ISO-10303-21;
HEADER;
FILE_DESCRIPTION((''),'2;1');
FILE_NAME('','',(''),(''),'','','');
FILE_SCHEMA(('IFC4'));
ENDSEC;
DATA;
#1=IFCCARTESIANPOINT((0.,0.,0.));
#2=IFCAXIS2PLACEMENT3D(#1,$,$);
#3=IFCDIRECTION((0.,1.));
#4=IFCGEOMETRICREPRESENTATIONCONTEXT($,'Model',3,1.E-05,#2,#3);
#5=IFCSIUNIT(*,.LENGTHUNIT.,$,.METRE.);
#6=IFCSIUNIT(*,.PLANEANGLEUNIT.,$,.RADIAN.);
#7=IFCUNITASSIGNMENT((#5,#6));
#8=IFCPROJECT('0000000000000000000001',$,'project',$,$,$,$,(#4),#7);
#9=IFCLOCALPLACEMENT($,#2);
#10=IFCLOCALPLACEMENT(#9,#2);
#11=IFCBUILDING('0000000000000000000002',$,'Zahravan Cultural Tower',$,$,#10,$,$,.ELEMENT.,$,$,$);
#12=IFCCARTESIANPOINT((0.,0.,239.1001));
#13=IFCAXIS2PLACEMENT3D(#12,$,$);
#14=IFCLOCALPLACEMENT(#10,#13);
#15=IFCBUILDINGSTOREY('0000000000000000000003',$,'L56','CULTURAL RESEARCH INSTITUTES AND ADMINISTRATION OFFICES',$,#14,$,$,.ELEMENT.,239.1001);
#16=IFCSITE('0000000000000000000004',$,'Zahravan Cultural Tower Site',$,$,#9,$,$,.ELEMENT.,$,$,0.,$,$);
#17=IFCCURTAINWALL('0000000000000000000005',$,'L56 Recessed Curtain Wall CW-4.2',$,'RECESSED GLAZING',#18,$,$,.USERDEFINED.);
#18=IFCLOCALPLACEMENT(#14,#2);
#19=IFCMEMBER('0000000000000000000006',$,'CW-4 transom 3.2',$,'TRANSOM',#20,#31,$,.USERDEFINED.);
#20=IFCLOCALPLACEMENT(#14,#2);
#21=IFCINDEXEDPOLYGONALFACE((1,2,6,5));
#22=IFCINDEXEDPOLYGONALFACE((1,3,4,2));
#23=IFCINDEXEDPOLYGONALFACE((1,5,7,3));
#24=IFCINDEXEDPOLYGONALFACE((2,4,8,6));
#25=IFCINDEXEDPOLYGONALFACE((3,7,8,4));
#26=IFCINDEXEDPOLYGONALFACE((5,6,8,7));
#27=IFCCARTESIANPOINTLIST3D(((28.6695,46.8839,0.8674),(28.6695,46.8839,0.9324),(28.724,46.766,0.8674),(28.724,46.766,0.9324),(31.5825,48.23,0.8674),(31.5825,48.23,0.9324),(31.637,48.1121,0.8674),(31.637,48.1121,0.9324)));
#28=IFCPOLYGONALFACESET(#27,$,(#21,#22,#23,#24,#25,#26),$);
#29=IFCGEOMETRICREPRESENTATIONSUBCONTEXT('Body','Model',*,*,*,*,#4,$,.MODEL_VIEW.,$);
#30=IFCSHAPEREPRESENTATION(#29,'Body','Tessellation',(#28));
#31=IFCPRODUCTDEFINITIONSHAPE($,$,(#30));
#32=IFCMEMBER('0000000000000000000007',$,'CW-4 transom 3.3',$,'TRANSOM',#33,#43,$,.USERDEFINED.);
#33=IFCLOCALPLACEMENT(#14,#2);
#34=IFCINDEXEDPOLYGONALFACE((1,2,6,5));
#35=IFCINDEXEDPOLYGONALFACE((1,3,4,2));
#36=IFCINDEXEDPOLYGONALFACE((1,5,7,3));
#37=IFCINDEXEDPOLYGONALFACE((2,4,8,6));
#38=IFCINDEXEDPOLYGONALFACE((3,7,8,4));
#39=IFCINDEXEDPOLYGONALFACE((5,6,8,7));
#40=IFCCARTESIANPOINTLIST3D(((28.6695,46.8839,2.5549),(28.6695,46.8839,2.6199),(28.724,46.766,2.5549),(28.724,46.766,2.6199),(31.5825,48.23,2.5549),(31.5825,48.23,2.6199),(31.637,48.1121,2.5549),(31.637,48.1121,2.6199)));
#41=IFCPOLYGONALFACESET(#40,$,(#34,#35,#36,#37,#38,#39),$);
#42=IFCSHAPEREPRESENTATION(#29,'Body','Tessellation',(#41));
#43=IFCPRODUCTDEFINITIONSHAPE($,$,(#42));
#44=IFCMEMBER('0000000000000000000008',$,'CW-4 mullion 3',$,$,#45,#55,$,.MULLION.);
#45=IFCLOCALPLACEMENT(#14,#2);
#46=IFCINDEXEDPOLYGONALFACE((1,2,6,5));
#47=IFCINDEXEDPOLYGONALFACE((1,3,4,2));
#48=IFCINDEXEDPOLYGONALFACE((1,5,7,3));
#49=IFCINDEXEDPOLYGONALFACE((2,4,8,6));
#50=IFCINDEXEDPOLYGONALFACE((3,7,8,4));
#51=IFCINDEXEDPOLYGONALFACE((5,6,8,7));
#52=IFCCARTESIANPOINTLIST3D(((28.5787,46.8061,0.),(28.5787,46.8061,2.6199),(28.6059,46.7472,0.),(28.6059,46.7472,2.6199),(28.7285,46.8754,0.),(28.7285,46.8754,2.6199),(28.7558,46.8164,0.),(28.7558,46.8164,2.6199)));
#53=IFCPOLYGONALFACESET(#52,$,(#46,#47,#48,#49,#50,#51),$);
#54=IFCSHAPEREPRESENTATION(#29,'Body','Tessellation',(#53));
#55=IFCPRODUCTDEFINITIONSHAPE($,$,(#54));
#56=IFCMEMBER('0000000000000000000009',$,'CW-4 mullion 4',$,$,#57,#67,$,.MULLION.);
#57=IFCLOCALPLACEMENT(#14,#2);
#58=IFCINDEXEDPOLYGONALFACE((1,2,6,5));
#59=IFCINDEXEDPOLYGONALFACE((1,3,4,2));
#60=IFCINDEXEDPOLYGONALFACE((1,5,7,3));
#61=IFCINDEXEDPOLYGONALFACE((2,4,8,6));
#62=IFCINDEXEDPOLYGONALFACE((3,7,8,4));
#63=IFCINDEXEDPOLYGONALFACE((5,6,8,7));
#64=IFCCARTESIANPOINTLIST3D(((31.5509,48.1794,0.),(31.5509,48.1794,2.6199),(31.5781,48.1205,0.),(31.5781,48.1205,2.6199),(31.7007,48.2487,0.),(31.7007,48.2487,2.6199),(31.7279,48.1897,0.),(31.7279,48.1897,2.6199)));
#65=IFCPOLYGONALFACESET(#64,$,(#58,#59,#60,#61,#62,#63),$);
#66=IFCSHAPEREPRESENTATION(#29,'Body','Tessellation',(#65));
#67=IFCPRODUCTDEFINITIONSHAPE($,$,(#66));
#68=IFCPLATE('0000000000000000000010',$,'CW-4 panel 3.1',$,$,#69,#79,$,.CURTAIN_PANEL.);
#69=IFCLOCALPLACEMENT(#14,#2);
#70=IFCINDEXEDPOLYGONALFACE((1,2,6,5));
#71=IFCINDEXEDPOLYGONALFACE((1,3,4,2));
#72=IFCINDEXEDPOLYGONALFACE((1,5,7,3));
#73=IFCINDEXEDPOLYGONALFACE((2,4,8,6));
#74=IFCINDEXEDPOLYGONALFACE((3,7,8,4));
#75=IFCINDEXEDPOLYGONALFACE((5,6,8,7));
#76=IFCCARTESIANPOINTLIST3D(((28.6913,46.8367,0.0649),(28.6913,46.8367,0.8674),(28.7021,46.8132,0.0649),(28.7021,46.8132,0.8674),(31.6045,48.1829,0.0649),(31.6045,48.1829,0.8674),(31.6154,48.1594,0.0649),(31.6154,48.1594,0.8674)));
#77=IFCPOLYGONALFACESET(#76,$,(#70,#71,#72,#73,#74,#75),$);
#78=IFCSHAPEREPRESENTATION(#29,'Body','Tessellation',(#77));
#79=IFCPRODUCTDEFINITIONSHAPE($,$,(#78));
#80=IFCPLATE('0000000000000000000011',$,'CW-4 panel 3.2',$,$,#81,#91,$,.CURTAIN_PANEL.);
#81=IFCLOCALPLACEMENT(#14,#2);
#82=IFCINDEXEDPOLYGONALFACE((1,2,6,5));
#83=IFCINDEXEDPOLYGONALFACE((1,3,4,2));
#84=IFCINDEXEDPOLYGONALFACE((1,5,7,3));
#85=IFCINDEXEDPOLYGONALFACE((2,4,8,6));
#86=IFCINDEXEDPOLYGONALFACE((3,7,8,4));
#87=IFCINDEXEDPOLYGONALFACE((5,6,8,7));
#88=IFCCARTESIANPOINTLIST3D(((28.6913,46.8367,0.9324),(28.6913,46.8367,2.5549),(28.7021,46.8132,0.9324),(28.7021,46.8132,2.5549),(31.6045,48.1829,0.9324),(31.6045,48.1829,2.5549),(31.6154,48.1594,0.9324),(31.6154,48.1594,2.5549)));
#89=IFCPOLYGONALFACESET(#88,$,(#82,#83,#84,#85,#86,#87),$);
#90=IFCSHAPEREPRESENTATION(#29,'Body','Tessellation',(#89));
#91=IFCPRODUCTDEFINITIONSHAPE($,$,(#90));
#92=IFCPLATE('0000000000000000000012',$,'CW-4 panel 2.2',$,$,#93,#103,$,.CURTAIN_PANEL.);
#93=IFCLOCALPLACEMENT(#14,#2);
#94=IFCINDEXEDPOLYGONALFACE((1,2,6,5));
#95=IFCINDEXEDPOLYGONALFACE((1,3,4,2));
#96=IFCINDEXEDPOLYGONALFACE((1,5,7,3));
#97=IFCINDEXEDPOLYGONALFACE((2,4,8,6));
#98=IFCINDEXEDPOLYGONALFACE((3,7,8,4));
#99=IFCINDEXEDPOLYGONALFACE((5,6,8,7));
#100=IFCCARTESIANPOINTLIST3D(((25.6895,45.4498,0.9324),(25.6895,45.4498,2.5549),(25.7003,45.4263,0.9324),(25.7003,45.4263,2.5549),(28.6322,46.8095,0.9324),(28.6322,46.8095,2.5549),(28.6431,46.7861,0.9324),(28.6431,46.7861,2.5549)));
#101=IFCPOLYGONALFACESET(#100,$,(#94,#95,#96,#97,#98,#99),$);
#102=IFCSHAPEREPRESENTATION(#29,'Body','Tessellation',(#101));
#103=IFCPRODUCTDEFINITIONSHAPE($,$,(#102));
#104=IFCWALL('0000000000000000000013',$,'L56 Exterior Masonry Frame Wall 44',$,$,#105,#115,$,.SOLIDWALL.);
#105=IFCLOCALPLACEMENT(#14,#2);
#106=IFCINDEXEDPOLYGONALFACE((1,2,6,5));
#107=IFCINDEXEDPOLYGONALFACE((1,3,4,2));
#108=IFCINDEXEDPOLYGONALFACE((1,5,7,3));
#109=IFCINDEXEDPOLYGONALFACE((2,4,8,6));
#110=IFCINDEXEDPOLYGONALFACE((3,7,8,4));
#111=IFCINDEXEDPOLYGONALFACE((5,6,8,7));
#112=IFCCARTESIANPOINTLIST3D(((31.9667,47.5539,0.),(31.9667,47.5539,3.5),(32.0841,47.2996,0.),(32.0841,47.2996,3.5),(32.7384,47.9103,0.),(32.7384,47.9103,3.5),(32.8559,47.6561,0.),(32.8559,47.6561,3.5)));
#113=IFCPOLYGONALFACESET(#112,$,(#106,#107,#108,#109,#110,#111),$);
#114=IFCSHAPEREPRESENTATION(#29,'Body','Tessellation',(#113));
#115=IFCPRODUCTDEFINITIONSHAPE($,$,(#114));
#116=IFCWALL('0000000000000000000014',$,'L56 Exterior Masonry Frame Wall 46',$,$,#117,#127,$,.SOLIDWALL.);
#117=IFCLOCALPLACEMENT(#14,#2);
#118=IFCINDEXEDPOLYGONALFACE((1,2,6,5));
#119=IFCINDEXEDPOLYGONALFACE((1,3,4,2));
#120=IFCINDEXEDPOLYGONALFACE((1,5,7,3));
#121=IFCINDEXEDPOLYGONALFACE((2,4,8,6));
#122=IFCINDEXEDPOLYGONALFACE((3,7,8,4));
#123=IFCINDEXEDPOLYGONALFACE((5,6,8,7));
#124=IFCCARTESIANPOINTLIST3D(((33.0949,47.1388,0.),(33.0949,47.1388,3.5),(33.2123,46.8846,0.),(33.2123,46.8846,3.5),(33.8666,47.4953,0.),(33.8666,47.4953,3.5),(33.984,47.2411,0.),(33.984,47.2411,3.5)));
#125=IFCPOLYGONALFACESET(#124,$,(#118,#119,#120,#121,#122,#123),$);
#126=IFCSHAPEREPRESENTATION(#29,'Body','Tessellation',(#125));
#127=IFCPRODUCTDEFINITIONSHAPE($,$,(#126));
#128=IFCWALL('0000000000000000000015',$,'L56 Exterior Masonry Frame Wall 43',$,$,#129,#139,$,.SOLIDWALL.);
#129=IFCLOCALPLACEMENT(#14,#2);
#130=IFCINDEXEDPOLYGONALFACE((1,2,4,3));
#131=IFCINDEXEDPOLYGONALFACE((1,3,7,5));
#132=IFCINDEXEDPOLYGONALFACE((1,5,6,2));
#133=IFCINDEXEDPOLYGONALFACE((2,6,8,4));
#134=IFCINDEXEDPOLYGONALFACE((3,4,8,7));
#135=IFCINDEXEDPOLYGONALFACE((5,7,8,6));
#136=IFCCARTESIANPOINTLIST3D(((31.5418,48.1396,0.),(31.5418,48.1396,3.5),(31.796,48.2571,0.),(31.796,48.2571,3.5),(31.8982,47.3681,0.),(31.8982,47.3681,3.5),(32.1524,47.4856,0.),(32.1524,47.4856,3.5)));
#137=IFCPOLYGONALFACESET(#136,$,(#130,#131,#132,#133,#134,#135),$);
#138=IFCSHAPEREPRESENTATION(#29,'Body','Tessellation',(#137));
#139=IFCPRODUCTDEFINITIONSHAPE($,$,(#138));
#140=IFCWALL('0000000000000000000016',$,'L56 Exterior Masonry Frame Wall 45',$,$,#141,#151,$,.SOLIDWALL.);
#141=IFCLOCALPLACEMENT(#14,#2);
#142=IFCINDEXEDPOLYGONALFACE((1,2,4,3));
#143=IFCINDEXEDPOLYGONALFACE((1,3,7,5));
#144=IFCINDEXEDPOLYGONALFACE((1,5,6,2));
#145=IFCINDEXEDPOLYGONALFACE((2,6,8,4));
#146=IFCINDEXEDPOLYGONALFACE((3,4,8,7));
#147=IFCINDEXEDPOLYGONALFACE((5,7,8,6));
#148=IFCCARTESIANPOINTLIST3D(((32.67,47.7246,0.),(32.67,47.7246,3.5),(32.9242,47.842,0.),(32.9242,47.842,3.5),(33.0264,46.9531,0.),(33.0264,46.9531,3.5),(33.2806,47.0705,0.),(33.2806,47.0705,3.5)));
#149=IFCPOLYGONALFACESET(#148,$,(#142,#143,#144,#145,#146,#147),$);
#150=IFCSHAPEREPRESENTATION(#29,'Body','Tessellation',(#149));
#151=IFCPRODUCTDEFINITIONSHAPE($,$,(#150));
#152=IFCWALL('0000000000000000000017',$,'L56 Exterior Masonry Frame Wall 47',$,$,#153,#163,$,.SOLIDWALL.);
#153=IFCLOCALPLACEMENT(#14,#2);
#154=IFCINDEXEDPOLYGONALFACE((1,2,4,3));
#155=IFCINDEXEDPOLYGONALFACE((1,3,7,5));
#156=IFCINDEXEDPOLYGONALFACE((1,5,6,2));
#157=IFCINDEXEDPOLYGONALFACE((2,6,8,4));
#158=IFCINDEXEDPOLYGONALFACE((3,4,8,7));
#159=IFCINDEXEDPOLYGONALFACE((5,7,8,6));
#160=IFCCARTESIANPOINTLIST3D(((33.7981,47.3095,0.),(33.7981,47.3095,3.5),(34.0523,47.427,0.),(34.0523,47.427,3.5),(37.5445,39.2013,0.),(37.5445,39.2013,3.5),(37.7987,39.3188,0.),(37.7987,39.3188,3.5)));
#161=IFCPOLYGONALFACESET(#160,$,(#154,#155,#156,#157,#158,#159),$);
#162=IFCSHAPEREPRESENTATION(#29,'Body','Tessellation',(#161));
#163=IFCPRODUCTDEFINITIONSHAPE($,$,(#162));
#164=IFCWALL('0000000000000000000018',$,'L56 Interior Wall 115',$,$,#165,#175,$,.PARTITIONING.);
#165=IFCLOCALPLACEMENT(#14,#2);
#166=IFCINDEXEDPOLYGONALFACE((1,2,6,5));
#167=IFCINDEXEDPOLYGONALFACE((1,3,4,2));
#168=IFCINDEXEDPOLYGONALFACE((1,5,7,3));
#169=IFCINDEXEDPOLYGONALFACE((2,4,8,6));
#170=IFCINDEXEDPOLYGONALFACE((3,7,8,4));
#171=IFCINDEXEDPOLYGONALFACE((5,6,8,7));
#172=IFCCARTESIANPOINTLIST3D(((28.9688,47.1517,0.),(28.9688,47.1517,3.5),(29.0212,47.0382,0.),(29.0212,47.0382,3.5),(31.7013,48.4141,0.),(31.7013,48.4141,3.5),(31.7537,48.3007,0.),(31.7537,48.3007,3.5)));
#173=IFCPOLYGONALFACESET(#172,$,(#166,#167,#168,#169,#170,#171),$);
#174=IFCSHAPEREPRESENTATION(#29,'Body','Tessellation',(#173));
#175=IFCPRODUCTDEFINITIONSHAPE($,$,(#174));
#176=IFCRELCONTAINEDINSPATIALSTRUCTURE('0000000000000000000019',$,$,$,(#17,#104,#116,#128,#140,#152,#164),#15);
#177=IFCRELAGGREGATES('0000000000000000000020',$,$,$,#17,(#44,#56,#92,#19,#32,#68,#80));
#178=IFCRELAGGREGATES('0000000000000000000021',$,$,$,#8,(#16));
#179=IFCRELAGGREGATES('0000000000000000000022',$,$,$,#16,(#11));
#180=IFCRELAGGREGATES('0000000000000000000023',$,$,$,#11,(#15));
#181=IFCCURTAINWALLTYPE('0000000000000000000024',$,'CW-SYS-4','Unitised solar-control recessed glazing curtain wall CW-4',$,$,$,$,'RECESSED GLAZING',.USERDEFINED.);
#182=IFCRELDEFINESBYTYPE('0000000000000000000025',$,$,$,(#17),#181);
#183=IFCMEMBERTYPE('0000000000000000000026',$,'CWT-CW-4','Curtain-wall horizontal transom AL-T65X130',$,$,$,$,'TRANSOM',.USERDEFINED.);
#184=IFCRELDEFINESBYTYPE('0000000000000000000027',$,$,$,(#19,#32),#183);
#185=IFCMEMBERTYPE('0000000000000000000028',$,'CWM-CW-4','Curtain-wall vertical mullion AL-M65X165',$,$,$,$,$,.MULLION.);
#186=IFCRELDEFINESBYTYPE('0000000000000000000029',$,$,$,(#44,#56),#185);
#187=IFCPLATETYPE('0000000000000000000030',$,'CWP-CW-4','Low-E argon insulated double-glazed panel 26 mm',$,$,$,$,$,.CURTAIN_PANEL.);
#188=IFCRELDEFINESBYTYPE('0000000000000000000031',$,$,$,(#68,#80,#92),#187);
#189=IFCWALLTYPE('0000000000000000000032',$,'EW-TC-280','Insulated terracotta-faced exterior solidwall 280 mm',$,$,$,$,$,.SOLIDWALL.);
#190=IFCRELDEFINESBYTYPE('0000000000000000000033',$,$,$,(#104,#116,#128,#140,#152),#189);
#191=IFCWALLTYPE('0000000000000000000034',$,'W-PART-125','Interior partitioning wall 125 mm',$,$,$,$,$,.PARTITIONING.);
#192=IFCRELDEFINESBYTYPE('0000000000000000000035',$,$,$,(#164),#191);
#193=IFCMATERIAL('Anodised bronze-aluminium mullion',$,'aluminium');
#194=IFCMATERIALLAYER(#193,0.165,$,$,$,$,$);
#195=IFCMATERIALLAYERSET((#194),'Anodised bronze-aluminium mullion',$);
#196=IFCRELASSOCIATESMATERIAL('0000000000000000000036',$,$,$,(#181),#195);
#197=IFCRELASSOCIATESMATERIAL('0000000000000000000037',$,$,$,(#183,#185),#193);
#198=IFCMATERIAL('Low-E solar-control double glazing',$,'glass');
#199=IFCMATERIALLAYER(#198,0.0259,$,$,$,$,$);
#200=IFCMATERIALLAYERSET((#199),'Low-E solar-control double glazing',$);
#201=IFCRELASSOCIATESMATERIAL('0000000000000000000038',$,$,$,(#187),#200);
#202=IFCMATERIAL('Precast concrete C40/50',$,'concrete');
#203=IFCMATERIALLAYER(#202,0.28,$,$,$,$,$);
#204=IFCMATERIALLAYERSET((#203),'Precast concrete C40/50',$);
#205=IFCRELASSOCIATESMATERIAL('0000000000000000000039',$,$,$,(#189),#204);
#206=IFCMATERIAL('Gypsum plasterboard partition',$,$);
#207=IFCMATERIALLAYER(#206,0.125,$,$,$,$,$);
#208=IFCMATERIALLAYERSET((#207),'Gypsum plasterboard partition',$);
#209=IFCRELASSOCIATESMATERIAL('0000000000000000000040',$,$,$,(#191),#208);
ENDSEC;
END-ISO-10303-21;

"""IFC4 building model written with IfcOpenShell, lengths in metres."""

from ifc_helpers import new_model, si_unit, direction, frame, frame_2d, origin, origin_2d, place, context, subcontext, project, spatial, rectangle, extrude, source, transform, mapped, material, layer, layer_set, material_profile, profile_set, type_object, element, aggregate, save


model = new_model("IFC4")

# Units and contexts
model_context = context("Model", 3, precision=1e-05, world=origin(), true_north=direction((0.0, 1.0)))
body_context = subcontext(model_context, "Body", "Model", "MODEL_VIEW")
ifc_project = project(units=[si_unit("LENGTHUNIT", "METRE"), si_unit("PLANEANGLEUNIT", "RADIAN")], contexts=[model_context])

# Site, building, storey
site_placement = place(None, origin())
site = spatial("IfcSite", under=ifc_project, at=site_placement, Name="Zahravan Cultural Tower Site", CompositionType="ELEMENT", RefElevation=0.0)
building_placement = place(site_placement, origin())
building = spatial("IfcBuilding", under=site, at=building_placement, Name="Zahravan Cultural Tower", CompositionType="ELEMENT")
storey_placement = place(building_placement, frame((0.0, 0.0, 239.1001)))
storey = spatial("IfcBuildingStorey", under=building, at=storey_placement, Name="L56", Description="CULTURAL RESEARCH INSTITUTES AND ADMINISTRATION OFFICES", CompositionType="ELEMENT", Elevation=239.1001)

# Curtain wall, members, plates
ifc_material_1 = material(Name="Anodised bronze-aluminium mullion", Category="aluminium")
ifc_layer_1 = layer(ifc_material_1, 0.165)
ifc_layer_set_1 = layer_set([ifc_layer_1], Name="Anodised bronze-aluminium mullion")
curtain_wall_type = type_object("IfcCurtainWallType", Name="CW-SYS-4", Description="Unitised solar-control recessed glazing curtain wall CW-4", ElementType="RECESSED GLAZING", PredefinedType="USERDEFINED", material=ifc_layer_set_1)
curtain_wall_placement = place(storey_placement, origin())
curtain_wall = element("IfcCurtainWall", 1, at=curtain_wall_placement, inside=storey, type_object=curtain_wall_type, Name="L56 Recessed Curtain Wall CW-4.2", ObjectType="RECESSED GLAZING", PredefinedType="USERDEFINED")
ifc_material_profile_1 = material_profile(ifc_material_1, rectangle(XDim=0.1299, YDim=0.0649, at=origin_2d()), Name="AL-T65X130")
ifc_profile_set_1 = profile_set([ifc_material_profile_1], Name="Anodised bronze-aluminium mullion")
member_type_1 = type_object("IfcMemberType", Name="CWT-CW-4", Description="Curtain-wall horizontal transom AL-T65X130", ElementType="TRANSOM", PredefinedType="USERDEFINED", material=ifc_profile_set_1)
shared_shape_1 = source(origin(), body_context, "Body", "SweptSolid", [
    extrude(rectangle(XDim=0.1299, YDim=0.0649, at=origin_2d()), origin(), (0.0, 0.0, 1.0), 3.209),
])
member_1_placement = place(storey_placement, frame((28.6968, 46.825, 0.8999), z_axis=(0.907759, 0.419492, 0.0), x_axis=(-0.419492, 0.907759, 0.0)))
member_1 = element("IfcMember", 2, at=member_1_placement, type_object=member_type_1, Name="CW-4 transom 3.2", ObjectType="TRANSOM", PredefinedType="USERDEFINED", context=body_context, shape_type="MappedRepresentation", body=[
    mapped(shared_shape_1, transform((0.0, 0.0, 0.0), x_axis=(1.0, 0.0, 0.0), y_axis=(0.0, 1.0, 0.0), z_axis=(0.0, 0.0, 1.0), scale=1.0)),
])
member_2_placement = place(storey_placement, frame((28.6968, 46.825, 2.5874), z_axis=(0.907759, 0.419492, 0.0), x_axis=(-0.419492, 0.907759, 0.0)))
member_2 = element("IfcMember", 3, at=member_2_placement, type_object=member_type_1, Name="CW-4 transom 3.3", ObjectType="TRANSOM", PredefinedType="USERDEFINED", context=body_context, shape_type="MappedRepresentation", body=[
    mapped(shared_shape_1, transform((0.0, 0.0, 0.0), x_axis=(1.0, 0.0, 0.0), y_axis=(0.0, 1.0, 0.0), z_axis=(0.0, 0.0, 1.0), scale=1.0)),
])
ifc_material_profile_2 = material_profile(ifc_material_1, rectangle(XDim=0.0649, YDim=0.165, at=origin_2d()), Name="AL-M65X165")
ifc_profile_set_2 = profile_set([ifc_material_profile_2], Name="Anodised bronze-aluminium mullion")
member_type_2 = type_object("IfcMemberType", Name="CWM-CW-4", Description="Curtain-wall vertical mullion AL-M65X165", PredefinedType="MULLION", material=ifc_profile_set_2)
shared_shape_2 = source(origin(), body_context, "Body", "SweptSolid", [
    extrude(rectangle(XDim=0.0649, YDim=0.165, at=origin_2d()), origin(), (0.0, 0.0, 1.0), 2.6199),
])
member_3_placement = place(storey_placement, frame((28.6672, 46.8113, 0.0), z_axis=(0.0, 0.0, 1.0), x_axis=(-0.419457, 0.907775, 0.0)))
member_3 = element("IfcMember", 4, at=member_3_placement, type_object=member_type_2, Name="CW-4 mullion 3", PredefinedType="MULLION", context=body_context, shape_type="MappedRepresentation", body=[
    mapped(shared_shape_2, transform((0.0, 0.0, 0.0), x_axis=(1.0, 0.0, 0.0), y_axis=(0.0, 1.0, 0.0), z_axis=(0.0, 0.0, 1.0), scale=1.0)),
])
member_4_placement = place(storey_placement, frame((31.6394, 48.1846, 0.0), z_axis=(0.0, 0.0, 1.0), x_axis=(-0.419457, 0.907775, 0.0)))
member_4 = element("IfcMember", 5, at=member_4_placement, type_object=member_type_2, Name="CW-4 mullion 4", PredefinedType="MULLION", context=body_context, shape_type="MappedRepresentation", body=[
    mapped(shared_shape_2, transform((0.0, 0.0, 0.0), x_axis=(1.0, 0.0, 0.0), y_axis=(0.0, 1.0, 0.0), z_axis=(0.0, 0.0, 1.0), scale=1.0)),
])
ifc_material_2 = material(Name="Low-E solar-control double glazing", Category="glass")
ifc_layer_2 = layer(ifc_material_2, 0.0259)
ifc_layer_set_2 = layer_set([ifc_layer_2], Name="Low-E solar-control double glazing")
plate_type = type_object("IfcPlateType", Name="CWP-CW-4", Description="Low-E argon insulated double-glazed panel 26 mm", PredefinedType="CURTAIN_PANEL", material=ifc_layer_set_2)
shared_shape_3 = source(origin(), body_context, "Body", "SweptSolid", [
    extrude(rectangle(XDim=3.2092, YDim=0.0259, at=origin_2d()), origin(), (0.0, 0.0, 1.0), 0.8025),
])
plate_1_placement = place(storey_placement, frame((30.1533, 47.498, 0.0649), z_axis=(0.0, 0.0, 1.0), x_axis=(0.907775, 0.419457, 0.0)))
plate_1 = element("IfcPlate", 6, at=plate_1_placement, type_object=plate_type, Name="CW-4 panel 3.1", PredefinedType="CURTAIN_PANEL", context=body_context, shape_type="MappedRepresentation", body=[
    mapped(shared_shape_3, transform((0.0, 0.0, 0.0), x_axis=(1.0, 0.0, 0.0), y_axis=(0.0, 1.0, 0.0), z_axis=(0.0, 0.0, 1.0), scale=1.0)),
])
shared_shape_4 = source(origin(), body_context, "Body", "SweptSolid", [
    extrude(rectangle(XDim=3.2092, YDim=0.0259, at=origin_2d()), origin(), (0.0, 0.0, 1.0), 1.6226),
])
plate_2_placement = place(storey_placement, frame((30.1533, 47.498, 0.9324), z_axis=(0.0, 0.0, 1.0), x_axis=(0.907775, 0.419457, 0.0)))
plate_2 = element("IfcPlate", 7, at=plate_2_placement, type_object=plate_type, Name="CW-4 panel 3.2", PredefinedType="CURTAIN_PANEL", context=body_context, shape_type="MappedRepresentation", body=[
    mapped(shared_shape_4, transform((0.0, 0.0, 0.0), x_axis=(1.0, 0.0, 0.0), y_axis=(0.0, 1.0, 0.0), z_axis=(0.0, 0.0, 1.0), scale=1.0)),
])
shared_shape_5 = source(origin(), body_context, "Body", "SweptSolid", [
    extrude(rectangle(XDim=3.2417, YDim=0.0259, at=origin_2d()), origin(), (0.0, 0.0, 1.0), 1.6226),
])
plate_3_placement = place(storey_placement, frame((27.1663, 46.1179, 0.9324), z_axis=(0.0, 0.0, 1.0), x_axis=(0.907775, 0.419457, 0.0)))
plate_3 = element("IfcPlate", 8, at=plate_3_placement, type_object=plate_type, Name="CW-4 panel 2.2", PredefinedType="CURTAIN_PANEL", context=body_context, shape_type="MappedRepresentation", body=[
    mapped(shared_shape_5, transform((0.0, 0.0, 0.0), x_axis=(1.0, 0.0, 0.0), y_axis=(0.0, 1.0, 0.0), z_axis=(0.0, 0.0, 1.0), scale=1.0)),
])
aggregate(curtain_wall, [member_3, member_4, plate_3, member_1, member_2, plate_1, plate_2])

# Walls
ifc_material_3 = material(Name="Precast concrete C40/50", Category="concrete")
ifc_layer_3 = layer(ifc_material_3, 0.28)
ifc_layer_set_3 = layer_set([ifc_layer_3], Name="Precast concrete C40/50")
wall_type_1 = type_object("IfcWallType", Name="EW-TC-280", Description="Insulated terracotta-faced exterior solidwall 280 mm", PredefinedType="SOLIDWALL", material=ifc_layer_set_3)
shared_shape_6 = source(origin(), body_context, "Body", "SweptSolid", [
    extrude(rectangle(XDim=0.8501, YDim=0.28, at=frame_2d((0.425, 0.0))), origin(), (0.0, 0.0, 1.0), 3.5),
])
for number, where, z_axis, x_axis, name in (
    (9, (32.0254, 47.4268, 0.0), (0.0, 0.0, 1.0), (0.907842, 0.419313, 0.0), "L56 Exterior Masonry Frame Wall 44"),
    (10, (33.1536, 47.0117, 0.0), (0.0, 0.0, 1.0), (0.907842, 0.419313, 0.0), "L56 Exterior Masonry Frame Wall 46"),
):
    element("IfcWall", number, at=place(storey_placement, frame(where, z_axis=z_axis, x_axis=x_axis)), inside=storey, type_object=wall_type_1, Name=name, PredefinedType="SOLIDWALL", context=body_context, shape_type="MappedRepresentation", body=[
        mapped(shared_shape_6, transform((0.0, 0.0, 0.0), x_axis=(1.0, 0.0, 0.0), y_axis=(0.0, 1.0, 0.0), z_axis=(0.0, 0.0, 1.0), scale=1.0)),
    ])
shared_shape_7 = source(origin(), body_context, "Body", "SweptSolid", [
    extrude(rectangle(XDim=0.8499, YDim=0.28, at=frame_2d((0.4248, 0.0))), origin(), (0.0, 0.0, 1.0), 3.5),
])
for number, where, z_axis, x_axis, name in (
    (11, (31.6689, 48.1982, 0.0), (0.0, 0.0, 1.0), (0.419422, -0.907791, 0.0), "L56 Exterior Masonry Frame Wall 43"),
    (12, (32.7971, 47.7832, 0.0), (0.0, 0.0, 1.0), (0.419422, -0.907791, 0.0), "L56 Exterior Masonry Frame Wall 45"),
):
    element("IfcWall", number, at=place(storey_placement, frame(where, z_axis=z_axis, x_axis=x_axis)), inside=storey, type_object=wall_type_1, Name=name, PredefinedType="SOLIDWALL", context=body_context, shape_type="MappedRepresentation", body=[
        mapped(shared_shape_7, transform((0.0, 0.0, 0.0), x_axis=(1.0, 0.0, 0.0), y_axis=(0.0, 1.0, 0.0), z_axis=(0.0, 0.0, 1.0), scale=1.0)),
    ])
shared_shape_8 = source(origin(), body_context, "Body", "SweptSolid", [
    extrude(rectangle(XDim=8.9319, YDim=0.28, at=frame_2d((4.4658, 0.0))), origin(), (0.0, 0.0, 1.0), 3.5),
])
wall_1_placement = place(storey_placement, frame((33.9253, 47.3682, 0.0), z_axis=(0.0, 0.0, 1.0), x_axis=(0.419438, -0.907784, 0.0)))
element("IfcWall", 13, at=wall_1_placement, inside=storey, type_object=wall_type_1, Name="L56 Exterior Masonry Frame Wall 47", PredefinedType="SOLIDWALL", context=body_context, shape_type="MappedRepresentation", body=[
    mapped(shared_shape_8, transform((0.0, 0.0, 0.0), x_axis=(1.0, 0.0, 0.0), y_axis=(0.0, 1.0, 0.0), z_axis=(0.0, 0.0, 1.0), scale=1.0)),
])
ifc_material_4 = material(Name="Gypsum plasterboard partition")
ifc_layer_4 = layer(ifc_material_4, 0.125)
ifc_layer_set_4 = layer_set([ifc_layer_4], Name="Gypsum plasterboard partition")
wall_type_2 = type_object("IfcWallType", Name="W-PART-125", Description="Interior partitioning wall 125 mm", PredefinedType="PARTITIONING", material=ifc_layer_set_4)
shared_shape_9 = source(origin(), body_context, "Body", "SweptSolid", [
    extrude(rectangle(XDim=3.01, YDim=0.125, at=frame_2d((1.5049, 0.0))), origin(), (0.0, 0.0, 1.0), 3.5),
])
wall_2_placement = place(storey_placement, frame((28.9951, 47.095, 0.0), z_axis=(0.0, 0.0, 1.0), x_axis=(0.907791, 0.419423, 0.0)))
element("IfcWall", 14, at=wall_2_placement, inside=storey, type_object=wall_type_2, Name="L56 Interior Wall 115", PredefinedType="PARTITIONING", context=body_context, shape_type="MappedRepresentation", body=[
    mapped(shared_shape_9, transform((0.0, 0.0, 0.0), x_axis=(1.0, 0.0, 0.0), y_axis=(0.0, 1.0, 0.0), z_axis=(0.0, 0.0, 1.0), scale=1.0)),
])

save(model, "model.ifc")
